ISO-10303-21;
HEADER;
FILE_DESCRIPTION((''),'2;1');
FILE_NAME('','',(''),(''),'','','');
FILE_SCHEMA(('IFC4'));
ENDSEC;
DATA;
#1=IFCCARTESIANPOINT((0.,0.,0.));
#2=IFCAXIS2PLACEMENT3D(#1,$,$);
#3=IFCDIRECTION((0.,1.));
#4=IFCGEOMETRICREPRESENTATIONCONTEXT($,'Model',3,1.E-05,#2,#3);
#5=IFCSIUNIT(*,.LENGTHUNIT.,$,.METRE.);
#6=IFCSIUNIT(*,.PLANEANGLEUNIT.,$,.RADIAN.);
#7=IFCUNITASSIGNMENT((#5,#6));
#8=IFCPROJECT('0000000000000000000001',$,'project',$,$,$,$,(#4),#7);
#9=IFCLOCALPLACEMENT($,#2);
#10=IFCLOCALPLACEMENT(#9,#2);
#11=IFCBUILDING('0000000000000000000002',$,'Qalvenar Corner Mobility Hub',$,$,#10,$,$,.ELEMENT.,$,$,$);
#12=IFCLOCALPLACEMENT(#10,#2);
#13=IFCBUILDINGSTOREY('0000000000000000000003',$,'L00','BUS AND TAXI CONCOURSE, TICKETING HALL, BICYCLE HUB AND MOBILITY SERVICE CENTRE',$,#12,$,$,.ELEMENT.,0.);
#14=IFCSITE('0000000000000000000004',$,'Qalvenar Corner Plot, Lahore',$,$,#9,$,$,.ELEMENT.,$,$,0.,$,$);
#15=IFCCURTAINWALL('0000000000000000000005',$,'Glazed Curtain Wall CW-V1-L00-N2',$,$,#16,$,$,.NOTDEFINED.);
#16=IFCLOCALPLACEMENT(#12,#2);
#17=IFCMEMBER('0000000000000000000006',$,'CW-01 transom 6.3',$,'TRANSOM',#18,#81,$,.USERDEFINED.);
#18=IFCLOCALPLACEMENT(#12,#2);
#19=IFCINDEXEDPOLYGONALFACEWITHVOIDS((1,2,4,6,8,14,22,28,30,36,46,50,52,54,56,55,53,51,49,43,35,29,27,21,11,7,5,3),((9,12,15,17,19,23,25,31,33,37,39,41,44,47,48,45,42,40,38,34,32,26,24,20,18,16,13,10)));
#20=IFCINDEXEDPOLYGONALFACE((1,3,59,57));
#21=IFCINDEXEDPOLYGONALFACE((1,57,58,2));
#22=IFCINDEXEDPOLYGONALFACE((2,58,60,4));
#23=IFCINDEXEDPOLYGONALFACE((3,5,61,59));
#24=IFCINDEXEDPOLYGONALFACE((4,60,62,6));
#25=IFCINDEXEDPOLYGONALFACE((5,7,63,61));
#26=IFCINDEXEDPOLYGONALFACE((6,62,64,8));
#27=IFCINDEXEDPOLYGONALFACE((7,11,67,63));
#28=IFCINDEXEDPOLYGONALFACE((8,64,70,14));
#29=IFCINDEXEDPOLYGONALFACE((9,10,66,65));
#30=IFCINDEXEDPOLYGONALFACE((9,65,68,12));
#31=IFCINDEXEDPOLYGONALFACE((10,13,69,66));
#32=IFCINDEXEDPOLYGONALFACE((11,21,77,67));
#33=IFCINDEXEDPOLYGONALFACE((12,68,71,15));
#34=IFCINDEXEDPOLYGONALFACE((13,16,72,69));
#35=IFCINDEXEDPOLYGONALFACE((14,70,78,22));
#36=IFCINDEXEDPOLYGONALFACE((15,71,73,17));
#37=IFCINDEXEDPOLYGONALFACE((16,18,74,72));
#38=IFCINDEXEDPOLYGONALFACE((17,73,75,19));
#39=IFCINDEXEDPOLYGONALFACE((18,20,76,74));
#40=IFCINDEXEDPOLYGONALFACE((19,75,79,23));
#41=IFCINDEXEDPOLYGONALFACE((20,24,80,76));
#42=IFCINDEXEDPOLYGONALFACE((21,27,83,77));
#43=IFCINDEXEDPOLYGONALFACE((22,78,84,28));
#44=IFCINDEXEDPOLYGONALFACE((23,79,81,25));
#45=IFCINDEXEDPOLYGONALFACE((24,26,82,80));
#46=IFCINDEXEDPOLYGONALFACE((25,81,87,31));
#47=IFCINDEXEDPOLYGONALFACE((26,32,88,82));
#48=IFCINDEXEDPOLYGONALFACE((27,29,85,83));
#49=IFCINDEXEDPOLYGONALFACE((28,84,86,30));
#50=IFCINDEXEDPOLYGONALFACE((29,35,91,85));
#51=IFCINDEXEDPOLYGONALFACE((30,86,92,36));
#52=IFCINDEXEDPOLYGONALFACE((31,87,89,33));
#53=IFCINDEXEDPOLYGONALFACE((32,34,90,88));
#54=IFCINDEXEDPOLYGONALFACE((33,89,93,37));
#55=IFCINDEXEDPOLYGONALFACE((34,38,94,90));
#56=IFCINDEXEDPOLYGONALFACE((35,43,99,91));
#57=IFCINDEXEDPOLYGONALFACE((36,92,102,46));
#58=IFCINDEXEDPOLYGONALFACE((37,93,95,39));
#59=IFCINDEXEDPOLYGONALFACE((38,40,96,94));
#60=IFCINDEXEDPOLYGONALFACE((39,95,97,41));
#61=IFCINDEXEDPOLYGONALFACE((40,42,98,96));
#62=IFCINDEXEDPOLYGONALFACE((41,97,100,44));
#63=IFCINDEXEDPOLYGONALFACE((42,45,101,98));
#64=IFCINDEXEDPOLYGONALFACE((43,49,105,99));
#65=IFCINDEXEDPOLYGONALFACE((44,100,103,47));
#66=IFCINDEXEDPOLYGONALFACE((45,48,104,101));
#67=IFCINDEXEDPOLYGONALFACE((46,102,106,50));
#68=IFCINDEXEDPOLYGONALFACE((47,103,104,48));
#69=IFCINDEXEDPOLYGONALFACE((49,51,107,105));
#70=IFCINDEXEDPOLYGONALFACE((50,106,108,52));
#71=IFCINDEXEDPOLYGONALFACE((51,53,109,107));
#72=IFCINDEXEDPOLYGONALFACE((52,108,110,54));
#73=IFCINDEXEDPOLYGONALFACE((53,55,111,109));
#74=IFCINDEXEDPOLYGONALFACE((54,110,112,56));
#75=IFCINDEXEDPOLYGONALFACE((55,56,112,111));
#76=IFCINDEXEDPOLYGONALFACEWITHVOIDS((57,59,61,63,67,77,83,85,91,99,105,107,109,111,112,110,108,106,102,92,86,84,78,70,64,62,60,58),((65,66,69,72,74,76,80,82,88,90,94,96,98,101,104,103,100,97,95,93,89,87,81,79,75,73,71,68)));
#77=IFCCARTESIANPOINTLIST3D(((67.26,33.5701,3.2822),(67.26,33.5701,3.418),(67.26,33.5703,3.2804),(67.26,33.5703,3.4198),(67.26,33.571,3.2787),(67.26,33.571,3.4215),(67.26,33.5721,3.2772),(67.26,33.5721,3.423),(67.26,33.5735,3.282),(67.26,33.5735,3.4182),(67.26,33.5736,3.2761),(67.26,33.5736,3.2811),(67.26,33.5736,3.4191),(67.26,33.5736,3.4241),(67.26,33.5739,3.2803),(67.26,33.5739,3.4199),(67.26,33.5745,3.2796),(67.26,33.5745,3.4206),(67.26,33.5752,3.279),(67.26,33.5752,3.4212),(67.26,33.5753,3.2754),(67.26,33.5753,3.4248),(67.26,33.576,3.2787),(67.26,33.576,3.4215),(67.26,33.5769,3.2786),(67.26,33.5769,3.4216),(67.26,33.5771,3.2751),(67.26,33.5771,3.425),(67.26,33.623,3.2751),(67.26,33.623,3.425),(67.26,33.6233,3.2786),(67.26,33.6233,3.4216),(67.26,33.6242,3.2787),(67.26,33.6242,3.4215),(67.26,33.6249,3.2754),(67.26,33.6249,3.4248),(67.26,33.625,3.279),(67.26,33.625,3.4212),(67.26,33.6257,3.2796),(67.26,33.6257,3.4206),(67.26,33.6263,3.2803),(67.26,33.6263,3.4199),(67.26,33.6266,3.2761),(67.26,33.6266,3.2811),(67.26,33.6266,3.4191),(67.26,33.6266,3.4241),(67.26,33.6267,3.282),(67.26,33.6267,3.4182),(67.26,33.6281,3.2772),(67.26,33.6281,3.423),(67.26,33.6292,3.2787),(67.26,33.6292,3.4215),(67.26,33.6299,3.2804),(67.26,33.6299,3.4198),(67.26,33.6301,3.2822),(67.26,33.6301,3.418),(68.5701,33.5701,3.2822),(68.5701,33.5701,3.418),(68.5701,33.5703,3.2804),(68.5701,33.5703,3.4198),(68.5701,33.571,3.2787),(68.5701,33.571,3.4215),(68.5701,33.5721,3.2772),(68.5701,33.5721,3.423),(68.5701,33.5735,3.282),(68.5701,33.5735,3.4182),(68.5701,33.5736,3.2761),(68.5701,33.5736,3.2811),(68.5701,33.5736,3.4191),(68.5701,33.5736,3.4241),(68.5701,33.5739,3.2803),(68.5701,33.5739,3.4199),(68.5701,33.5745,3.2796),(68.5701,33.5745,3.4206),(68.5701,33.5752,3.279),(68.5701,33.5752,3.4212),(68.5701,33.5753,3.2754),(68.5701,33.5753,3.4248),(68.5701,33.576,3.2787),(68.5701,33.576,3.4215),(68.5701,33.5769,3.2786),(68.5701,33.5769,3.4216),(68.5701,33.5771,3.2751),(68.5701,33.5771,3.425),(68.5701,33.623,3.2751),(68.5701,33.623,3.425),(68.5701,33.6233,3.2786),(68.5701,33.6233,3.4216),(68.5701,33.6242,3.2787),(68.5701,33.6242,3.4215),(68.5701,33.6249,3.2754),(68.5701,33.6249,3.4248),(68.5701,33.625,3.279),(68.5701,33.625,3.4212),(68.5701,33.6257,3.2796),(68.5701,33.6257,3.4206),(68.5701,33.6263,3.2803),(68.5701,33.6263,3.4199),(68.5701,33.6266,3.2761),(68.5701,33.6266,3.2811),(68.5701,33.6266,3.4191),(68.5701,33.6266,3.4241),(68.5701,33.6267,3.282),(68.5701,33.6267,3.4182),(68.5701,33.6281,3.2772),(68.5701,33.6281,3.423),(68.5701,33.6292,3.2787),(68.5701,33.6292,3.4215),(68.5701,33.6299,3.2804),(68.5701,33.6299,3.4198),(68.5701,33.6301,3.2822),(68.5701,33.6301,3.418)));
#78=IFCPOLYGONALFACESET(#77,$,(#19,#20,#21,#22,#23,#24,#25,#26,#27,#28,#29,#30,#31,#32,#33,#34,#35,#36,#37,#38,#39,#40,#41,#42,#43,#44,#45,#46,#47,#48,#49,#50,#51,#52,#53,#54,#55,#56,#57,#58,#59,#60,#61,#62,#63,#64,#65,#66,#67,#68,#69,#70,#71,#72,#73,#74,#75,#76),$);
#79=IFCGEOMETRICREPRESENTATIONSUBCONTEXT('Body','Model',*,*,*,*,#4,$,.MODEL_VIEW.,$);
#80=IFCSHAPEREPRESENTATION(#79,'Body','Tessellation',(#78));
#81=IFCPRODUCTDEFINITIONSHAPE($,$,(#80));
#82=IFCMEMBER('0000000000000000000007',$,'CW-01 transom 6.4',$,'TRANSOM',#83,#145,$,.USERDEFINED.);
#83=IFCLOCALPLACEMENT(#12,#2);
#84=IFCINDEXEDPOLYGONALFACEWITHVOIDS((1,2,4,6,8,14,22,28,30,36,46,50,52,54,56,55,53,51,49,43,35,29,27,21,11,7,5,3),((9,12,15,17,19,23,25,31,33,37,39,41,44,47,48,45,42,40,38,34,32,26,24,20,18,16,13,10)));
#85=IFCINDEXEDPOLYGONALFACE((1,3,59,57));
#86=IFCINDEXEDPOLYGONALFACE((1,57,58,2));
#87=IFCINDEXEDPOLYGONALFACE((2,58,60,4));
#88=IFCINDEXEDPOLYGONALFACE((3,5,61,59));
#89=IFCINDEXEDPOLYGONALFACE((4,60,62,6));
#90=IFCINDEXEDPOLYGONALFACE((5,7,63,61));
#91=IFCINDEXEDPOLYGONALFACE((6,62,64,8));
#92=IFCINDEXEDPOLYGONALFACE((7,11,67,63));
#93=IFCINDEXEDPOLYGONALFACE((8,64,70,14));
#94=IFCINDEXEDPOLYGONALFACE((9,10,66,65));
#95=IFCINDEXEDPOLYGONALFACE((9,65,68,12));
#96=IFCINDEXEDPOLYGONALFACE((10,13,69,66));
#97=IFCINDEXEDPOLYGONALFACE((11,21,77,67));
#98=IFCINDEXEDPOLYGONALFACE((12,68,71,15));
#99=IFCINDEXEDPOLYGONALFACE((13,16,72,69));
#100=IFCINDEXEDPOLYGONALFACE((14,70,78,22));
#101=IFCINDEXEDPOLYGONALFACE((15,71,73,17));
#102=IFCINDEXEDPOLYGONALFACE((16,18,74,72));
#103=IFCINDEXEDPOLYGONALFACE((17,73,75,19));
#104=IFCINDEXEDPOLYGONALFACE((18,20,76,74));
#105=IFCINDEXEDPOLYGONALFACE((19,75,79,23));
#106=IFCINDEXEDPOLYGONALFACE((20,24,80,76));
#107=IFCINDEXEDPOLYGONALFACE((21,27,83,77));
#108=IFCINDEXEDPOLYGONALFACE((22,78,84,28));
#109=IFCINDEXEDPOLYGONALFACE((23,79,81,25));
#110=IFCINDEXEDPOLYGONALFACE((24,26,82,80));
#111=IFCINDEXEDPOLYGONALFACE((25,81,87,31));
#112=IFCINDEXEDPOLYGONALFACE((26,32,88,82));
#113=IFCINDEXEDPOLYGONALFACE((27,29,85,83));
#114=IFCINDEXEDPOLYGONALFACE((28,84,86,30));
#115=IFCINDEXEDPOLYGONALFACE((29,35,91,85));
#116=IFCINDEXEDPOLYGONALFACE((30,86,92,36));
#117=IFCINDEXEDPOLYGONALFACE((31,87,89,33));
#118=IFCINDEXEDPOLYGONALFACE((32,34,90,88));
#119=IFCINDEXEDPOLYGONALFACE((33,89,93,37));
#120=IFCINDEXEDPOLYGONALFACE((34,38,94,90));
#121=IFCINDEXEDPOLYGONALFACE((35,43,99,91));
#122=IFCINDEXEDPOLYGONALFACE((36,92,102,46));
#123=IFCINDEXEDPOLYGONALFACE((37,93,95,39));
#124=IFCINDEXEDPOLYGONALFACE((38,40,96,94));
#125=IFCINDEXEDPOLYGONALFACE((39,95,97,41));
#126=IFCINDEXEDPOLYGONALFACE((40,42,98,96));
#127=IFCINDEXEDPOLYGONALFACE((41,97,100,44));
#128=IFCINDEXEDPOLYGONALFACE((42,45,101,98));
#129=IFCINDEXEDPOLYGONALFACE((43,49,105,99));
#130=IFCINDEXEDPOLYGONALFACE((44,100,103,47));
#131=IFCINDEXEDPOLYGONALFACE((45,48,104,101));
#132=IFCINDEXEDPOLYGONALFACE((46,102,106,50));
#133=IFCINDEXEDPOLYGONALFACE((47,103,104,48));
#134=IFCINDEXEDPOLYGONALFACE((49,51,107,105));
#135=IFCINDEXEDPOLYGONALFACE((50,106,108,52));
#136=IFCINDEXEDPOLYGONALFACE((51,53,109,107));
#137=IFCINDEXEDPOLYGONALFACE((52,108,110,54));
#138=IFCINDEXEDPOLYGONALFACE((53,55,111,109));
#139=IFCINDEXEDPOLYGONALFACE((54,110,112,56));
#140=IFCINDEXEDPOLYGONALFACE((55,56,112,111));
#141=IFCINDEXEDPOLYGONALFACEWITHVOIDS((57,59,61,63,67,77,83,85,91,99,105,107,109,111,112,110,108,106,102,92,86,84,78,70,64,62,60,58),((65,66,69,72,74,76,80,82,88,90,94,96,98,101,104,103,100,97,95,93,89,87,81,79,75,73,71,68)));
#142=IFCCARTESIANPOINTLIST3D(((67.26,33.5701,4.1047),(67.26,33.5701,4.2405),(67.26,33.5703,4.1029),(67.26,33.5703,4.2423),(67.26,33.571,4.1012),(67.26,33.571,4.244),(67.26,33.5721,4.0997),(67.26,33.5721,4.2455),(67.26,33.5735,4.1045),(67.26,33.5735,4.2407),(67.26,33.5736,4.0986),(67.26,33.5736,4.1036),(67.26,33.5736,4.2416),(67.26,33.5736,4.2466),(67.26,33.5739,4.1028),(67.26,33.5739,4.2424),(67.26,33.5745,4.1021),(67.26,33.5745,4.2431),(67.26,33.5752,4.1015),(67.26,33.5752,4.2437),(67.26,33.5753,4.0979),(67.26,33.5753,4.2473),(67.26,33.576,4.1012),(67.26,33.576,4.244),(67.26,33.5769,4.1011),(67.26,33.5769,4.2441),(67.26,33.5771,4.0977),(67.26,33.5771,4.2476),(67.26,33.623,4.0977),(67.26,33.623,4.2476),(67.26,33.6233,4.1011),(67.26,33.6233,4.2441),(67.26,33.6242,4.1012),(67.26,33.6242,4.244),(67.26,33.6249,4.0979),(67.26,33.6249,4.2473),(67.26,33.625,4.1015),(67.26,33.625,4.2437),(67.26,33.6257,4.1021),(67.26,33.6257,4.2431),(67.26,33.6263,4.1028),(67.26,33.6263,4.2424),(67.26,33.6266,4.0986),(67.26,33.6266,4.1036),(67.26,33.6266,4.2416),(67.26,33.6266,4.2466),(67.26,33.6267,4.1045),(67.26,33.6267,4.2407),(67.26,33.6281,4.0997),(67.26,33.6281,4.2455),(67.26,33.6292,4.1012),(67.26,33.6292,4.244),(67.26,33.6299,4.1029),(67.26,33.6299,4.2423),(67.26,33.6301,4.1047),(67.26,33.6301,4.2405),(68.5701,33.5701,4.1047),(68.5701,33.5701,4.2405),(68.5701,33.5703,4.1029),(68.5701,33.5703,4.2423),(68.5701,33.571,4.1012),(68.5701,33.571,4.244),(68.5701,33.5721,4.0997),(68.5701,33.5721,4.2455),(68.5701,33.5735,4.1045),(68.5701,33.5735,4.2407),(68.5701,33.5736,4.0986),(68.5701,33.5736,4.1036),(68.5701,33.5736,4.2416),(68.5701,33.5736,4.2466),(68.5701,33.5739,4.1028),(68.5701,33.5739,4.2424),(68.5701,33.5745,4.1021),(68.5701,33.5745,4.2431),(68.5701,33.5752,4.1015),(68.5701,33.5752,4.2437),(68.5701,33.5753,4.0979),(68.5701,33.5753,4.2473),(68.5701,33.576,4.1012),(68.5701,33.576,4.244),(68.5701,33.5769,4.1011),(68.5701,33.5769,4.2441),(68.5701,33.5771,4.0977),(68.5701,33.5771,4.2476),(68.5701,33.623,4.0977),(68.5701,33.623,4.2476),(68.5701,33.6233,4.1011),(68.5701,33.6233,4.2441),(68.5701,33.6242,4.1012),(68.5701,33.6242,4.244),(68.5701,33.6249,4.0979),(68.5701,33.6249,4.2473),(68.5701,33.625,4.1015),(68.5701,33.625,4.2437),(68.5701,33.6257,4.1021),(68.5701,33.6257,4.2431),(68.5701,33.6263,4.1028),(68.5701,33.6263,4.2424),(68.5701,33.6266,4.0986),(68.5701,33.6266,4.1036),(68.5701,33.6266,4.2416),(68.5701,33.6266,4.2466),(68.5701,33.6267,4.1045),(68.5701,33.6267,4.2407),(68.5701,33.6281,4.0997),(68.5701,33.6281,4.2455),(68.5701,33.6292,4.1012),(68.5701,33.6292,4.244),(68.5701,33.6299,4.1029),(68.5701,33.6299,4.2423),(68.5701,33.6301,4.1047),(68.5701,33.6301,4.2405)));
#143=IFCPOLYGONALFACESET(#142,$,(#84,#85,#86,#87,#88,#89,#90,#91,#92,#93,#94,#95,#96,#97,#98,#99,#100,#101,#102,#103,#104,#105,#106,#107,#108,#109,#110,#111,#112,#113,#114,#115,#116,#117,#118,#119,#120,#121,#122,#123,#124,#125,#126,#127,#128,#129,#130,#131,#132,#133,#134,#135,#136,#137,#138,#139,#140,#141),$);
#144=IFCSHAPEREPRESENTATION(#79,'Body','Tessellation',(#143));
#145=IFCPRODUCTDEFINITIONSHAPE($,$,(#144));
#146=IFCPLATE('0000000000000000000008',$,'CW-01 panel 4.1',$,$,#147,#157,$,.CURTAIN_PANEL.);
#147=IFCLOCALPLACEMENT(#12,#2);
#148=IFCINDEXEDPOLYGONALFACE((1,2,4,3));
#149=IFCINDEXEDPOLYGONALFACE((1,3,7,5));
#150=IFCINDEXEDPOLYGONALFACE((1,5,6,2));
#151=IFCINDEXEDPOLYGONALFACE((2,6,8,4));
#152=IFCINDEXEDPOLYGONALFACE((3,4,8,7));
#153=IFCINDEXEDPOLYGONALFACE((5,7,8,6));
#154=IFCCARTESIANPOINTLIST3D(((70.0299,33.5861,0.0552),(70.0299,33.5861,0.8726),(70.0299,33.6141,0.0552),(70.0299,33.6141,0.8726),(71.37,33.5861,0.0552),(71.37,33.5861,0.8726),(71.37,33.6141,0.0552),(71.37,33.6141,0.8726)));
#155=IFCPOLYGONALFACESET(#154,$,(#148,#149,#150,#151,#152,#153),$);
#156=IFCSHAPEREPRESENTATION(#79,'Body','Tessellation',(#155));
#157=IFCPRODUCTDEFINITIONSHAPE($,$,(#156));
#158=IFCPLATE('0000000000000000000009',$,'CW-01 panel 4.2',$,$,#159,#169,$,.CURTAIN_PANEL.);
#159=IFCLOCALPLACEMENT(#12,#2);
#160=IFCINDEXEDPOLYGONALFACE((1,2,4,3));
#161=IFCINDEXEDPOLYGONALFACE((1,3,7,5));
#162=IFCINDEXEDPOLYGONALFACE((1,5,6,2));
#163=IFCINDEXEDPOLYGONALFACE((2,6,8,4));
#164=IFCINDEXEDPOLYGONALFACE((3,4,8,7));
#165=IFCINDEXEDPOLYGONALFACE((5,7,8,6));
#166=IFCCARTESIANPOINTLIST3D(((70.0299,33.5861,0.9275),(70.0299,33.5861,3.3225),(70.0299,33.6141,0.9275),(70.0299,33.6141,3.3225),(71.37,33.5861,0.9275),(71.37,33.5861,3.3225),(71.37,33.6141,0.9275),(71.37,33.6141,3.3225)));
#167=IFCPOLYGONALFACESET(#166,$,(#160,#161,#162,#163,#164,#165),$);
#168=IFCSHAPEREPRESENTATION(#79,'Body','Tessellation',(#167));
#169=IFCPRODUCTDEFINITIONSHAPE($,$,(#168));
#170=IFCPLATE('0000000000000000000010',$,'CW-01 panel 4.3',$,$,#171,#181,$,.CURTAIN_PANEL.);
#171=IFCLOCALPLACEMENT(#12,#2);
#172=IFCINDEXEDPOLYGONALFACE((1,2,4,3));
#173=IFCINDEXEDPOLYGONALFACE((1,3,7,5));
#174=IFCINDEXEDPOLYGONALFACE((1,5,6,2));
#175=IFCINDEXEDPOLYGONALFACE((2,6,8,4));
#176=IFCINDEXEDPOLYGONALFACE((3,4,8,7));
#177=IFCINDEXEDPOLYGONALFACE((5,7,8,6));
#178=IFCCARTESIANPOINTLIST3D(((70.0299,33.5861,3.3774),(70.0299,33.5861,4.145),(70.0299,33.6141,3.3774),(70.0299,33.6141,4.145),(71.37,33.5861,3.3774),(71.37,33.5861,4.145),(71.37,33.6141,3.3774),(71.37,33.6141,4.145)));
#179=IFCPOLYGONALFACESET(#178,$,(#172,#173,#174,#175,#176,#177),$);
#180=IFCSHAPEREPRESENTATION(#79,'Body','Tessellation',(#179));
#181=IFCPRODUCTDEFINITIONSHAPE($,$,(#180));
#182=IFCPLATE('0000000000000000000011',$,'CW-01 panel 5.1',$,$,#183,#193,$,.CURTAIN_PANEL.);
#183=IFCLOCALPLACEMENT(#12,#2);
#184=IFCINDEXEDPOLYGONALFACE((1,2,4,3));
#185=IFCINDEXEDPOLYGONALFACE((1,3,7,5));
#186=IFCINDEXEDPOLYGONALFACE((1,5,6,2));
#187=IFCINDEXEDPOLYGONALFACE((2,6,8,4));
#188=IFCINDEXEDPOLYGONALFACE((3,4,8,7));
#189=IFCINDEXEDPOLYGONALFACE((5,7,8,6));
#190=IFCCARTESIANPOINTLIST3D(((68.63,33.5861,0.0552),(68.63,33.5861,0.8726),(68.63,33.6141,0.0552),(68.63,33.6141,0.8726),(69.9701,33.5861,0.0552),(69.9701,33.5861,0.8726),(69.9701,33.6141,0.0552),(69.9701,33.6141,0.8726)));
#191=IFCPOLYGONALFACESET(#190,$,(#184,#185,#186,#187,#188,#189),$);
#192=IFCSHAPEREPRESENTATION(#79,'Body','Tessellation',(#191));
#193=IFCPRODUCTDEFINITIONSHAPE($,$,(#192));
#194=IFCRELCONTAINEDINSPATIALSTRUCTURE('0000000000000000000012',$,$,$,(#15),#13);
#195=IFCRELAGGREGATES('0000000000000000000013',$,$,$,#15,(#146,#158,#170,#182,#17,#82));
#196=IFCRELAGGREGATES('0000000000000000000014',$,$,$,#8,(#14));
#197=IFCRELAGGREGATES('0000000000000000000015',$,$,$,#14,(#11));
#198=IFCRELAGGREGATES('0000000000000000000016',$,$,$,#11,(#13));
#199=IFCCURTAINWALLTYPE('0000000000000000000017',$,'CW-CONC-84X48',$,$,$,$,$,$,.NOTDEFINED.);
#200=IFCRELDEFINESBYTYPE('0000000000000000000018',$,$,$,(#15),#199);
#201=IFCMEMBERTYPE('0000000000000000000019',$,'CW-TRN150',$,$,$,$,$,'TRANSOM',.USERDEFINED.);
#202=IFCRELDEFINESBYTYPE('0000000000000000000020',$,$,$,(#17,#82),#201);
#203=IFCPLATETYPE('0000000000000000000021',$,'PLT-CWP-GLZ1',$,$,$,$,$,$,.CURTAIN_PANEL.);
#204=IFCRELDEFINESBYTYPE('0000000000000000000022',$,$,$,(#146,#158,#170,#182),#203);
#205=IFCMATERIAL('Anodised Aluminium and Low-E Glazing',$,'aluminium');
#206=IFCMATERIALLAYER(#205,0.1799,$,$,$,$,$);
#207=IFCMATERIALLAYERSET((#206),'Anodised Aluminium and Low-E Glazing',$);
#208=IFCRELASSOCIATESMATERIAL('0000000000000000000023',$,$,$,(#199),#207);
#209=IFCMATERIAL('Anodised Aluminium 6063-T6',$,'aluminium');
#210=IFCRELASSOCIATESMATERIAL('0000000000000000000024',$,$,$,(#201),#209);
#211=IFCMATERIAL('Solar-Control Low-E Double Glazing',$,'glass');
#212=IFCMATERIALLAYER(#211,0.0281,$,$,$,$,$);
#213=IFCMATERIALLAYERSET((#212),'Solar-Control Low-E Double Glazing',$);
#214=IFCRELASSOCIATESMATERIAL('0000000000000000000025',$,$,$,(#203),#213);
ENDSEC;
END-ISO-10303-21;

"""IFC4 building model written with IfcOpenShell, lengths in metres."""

from ifc_helpers import new_model, si_unit, direction, frame, origin, origin_2d, place, context, subcontext, project, spatial, rectangle, hollow_rectangle, extrude, material, layer, layer_set, material_profile, profile_set, type_object, element, aggregate, save


model = new_model("IFC4")

# Units and contexts
model_context = context("Model", 3, precision=1e-05, world=origin(), true_north=direction((0.0, 1.0)))
body_context = subcontext(model_context, "Body", "Model", "MODEL_VIEW")
ifc_project = project(units=[si_unit("LENGTHUNIT", "METRE"), si_unit("PLANEANGLEUNIT", "RADIAN")], contexts=[model_context])

# Site, building, storey
site_placement = place(None, origin())
site = spatial("IfcSite", under=ifc_project, at=site_placement, Name="Qalvenar Corner Plot, Lahore", CompositionType="ELEMENT", RefElevation=0.0)
building_placement = place(site_placement, origin())
building = spatial("IfcBuilding", under=site, at=building_placement, Name="Qalvenar Corner Mobility Hub", CompositionType="ELEMENT")
storey_placement = place(building_placement, origin())
storey = spatial("IfcBuildingStorey", under=building, at=storey_placement, Name="L00", Description="BUS AND TAXI CONCOURSE, TICKETING HALL, BICYCLE HUB AND MOBILITY SERVICE CENTRE", CompositionType="ELEMENT", Elevation=0.0)

# Curtain wall, members, plates
ifc_material_1 = material(Name="Anodised Aluminium and Low-E Glazing", Category="aluminium")
ifc_layer_1 = layer(ifc_material_1, 0.1799)
ifc_layer_set_1 = layer_set([ifc_layer_1], Name="Anodised Aluminium and Low-E Glazing")
curtain_wall_type = type_object("IfcCurtainWallType", Name="CW-CONC-84X48", PredefinedType="NOTDEFINED", material=ifc_layer_set_1)
curtain_wall_placement = place(storey_placement, origin())
curtain_wall = element("IfcCurtainWall", 1, at=curtain_wall_placement, inside=storey, type_object=curtain_wall_type, Name="Glazed Curtain Wall CW-V1-L00-N2", PredefinedType="NOTDEFINED")
ifc_material_2 = material(Name="Anodised Aluminium 6063-T6", Category="aluminium")
ifc_material_profile_1 = material_profile(ifc_material_2, hollow_rectangle(XDim=0.0601, YDim=0.1499, WallThickness=0.0034, InnerFilletRadius=0.0034, OuterFilletRadius=0.0071, at=origin_2d()), Name="RHS150x60x3.5")
ifc_profile_set_1 = profile_set([ifc_material_profile_1], Name="Anodised Aluminium 6063-T6")
member_type_1 = type_object("IfcMemberType", Name="CW-TRN150", ElementType="TRANSOM", PredefinedType="USERDEFINED", material=ifc_profile_set_1)
member_1_placement = place(storey_placement, frame((68.5701, 33.6001, 3.3501), z_axis=(-1.0, 0.0, 0.0), x_axis=(0.0, -1.0, 0.0)))
member_1 = element("IfcMember", 2, at=member_1_placement, type_object=member_type_1, Name="CW-01 transom 6.3", ObjectType="TRANSOM", PredefinedType="USERDEFINED", context=body_context, shape_type="SweptSolid", body=[
    extrude(hollow_rectangle(XDim=0.0601, YDim=0.1499, WallThickness=0.0034, InnerFilletRadius=0.0034, OuterFilletRadius=0.0071, at=origin_2d()), origin(), (0.0, 0.0, 1.0), 1.3101),
])
member_2_placement = place(storey_placement, frame((68.5701, 33.6001, 4.1726), z_axis=(-1.0, 0.0, 0.0), x_axis=(0.0, -1.0, 0.0)))
member_2 = element("IfcMember", 3, at=member_2_placement, type_object=member_type_1, Name="CW-01 transom 6.4", ObjectType="TRANSOM", PredefinedType="USERDEFINED", context=body_context, shape_type="SweptSolid", body=[
    extrude(hollow_rectangle(XDim=0.0601, YDim=0.1499, WallThickness=0.0034, InnerFilletRadius=0.0034, OuterFilletRadius=0.0071, at=origin_2d()), origin(), (0.0, 0.0, 1.0), 1.3101),
])
ifc_material_3 = material(Name="Solar-Control Low-E Double Glazing", Category="glass")
ifc_layer_2 = layer(ifc_material_3, 0.0281)
ifc_layer_set_2 = layer_set([ifc_layer_2], Name="Solar-Control Low-E Double Glazing")
plate_type = type_object("IfcPlateType", Name="PLT-CWP-GLZ1", PredefinedType="CURTAIN_PANEL", material=ifc_layer_set_2)
plate_1_placement = place(storey_placement, frame((70.7, 33.6001, 0.0552), z_axis=(0.0, 0.0, 1.0), x_axis=(-1.0, 0.0, 0.0)))
plate_1 = element("IfcPlate", 4, at=plate_1_placement, type_object=plate_type, Name="CW-01 panel 4.1", PredefinedType="CURTAIN_PANEL", context=body_context, shape_type="SweptSolid", body=[
    extrude(rectangle(XDim=1.3401, YDim=0.0281, at=origin_2d()), origin(), (0.0, 0.0, 1.0), 0.8174),
])
plate_2_placement = place(storey_placement, frame((70.7, 33.6001, 0.9275), z_axis=(0.0, 0.0, 1.0), x_axis=(-1.0, 0.0, 0.0)))
plate_2 = element("IfcPlate", 5, at=plate_2_placement, type_object=plate_type, Name="CW-01 panel 4.2", PredefinedType="CURTAIN_PANEL", context=body_context, shape_type="SweptSolid", body=[
    extrude(rectangle(XDim=1.3401, YDim=0.0281, at=origin_2d()), origin(), (0.0, 0.0, 1.0), 2.395),
])
plate_3_placement = place(storey_placement, frame((70.7, 33.6001, 3.3774), z_axis=(0.0, 0.0, 1.0), x_axis=(-1.0, 0.0, 0.0)))
plate_3 = element("IfcPlate", 6, at=plate_3_placement, type_object=plate_type, Name="CW-01 panel 4.3", PredefinedType="CURTAIN_PANEL", context=body_context, shape_type="SweptSolid", body=[
    extrude(rectangle(XDim=1.3401, YDim=0.0281, at=origin_2d()), origin(), (0.0, 0.0, 1.0), 0.7676),
])
plate_4_placement = place(storey_placement, frame((69.3, 33.6001, 0.0552), z_axis=(0.0, 0.0, 1.0), x_axis=(-1.0, 0.0, 0.0)))
plate_4 = element("IfcPlate", 7, at=plate_4_placement, type_object=plate_type, Name="CW-01 panel 5.1", PredefinedType="CURTAIN_PANEL", context=body_context, shape_type="SweptSolid", body=[
    extrude(rectangle(XDim=1.3401, YDim=0.0281, at=origin_2d()), origin(), (0.0, 0.0, 1.0), 0.8174),
])
aggregate(curtain_wall, [plate_1, plate_2, plate_3, plate_4, member_1, member_2])

save(model, "model.ifc")
